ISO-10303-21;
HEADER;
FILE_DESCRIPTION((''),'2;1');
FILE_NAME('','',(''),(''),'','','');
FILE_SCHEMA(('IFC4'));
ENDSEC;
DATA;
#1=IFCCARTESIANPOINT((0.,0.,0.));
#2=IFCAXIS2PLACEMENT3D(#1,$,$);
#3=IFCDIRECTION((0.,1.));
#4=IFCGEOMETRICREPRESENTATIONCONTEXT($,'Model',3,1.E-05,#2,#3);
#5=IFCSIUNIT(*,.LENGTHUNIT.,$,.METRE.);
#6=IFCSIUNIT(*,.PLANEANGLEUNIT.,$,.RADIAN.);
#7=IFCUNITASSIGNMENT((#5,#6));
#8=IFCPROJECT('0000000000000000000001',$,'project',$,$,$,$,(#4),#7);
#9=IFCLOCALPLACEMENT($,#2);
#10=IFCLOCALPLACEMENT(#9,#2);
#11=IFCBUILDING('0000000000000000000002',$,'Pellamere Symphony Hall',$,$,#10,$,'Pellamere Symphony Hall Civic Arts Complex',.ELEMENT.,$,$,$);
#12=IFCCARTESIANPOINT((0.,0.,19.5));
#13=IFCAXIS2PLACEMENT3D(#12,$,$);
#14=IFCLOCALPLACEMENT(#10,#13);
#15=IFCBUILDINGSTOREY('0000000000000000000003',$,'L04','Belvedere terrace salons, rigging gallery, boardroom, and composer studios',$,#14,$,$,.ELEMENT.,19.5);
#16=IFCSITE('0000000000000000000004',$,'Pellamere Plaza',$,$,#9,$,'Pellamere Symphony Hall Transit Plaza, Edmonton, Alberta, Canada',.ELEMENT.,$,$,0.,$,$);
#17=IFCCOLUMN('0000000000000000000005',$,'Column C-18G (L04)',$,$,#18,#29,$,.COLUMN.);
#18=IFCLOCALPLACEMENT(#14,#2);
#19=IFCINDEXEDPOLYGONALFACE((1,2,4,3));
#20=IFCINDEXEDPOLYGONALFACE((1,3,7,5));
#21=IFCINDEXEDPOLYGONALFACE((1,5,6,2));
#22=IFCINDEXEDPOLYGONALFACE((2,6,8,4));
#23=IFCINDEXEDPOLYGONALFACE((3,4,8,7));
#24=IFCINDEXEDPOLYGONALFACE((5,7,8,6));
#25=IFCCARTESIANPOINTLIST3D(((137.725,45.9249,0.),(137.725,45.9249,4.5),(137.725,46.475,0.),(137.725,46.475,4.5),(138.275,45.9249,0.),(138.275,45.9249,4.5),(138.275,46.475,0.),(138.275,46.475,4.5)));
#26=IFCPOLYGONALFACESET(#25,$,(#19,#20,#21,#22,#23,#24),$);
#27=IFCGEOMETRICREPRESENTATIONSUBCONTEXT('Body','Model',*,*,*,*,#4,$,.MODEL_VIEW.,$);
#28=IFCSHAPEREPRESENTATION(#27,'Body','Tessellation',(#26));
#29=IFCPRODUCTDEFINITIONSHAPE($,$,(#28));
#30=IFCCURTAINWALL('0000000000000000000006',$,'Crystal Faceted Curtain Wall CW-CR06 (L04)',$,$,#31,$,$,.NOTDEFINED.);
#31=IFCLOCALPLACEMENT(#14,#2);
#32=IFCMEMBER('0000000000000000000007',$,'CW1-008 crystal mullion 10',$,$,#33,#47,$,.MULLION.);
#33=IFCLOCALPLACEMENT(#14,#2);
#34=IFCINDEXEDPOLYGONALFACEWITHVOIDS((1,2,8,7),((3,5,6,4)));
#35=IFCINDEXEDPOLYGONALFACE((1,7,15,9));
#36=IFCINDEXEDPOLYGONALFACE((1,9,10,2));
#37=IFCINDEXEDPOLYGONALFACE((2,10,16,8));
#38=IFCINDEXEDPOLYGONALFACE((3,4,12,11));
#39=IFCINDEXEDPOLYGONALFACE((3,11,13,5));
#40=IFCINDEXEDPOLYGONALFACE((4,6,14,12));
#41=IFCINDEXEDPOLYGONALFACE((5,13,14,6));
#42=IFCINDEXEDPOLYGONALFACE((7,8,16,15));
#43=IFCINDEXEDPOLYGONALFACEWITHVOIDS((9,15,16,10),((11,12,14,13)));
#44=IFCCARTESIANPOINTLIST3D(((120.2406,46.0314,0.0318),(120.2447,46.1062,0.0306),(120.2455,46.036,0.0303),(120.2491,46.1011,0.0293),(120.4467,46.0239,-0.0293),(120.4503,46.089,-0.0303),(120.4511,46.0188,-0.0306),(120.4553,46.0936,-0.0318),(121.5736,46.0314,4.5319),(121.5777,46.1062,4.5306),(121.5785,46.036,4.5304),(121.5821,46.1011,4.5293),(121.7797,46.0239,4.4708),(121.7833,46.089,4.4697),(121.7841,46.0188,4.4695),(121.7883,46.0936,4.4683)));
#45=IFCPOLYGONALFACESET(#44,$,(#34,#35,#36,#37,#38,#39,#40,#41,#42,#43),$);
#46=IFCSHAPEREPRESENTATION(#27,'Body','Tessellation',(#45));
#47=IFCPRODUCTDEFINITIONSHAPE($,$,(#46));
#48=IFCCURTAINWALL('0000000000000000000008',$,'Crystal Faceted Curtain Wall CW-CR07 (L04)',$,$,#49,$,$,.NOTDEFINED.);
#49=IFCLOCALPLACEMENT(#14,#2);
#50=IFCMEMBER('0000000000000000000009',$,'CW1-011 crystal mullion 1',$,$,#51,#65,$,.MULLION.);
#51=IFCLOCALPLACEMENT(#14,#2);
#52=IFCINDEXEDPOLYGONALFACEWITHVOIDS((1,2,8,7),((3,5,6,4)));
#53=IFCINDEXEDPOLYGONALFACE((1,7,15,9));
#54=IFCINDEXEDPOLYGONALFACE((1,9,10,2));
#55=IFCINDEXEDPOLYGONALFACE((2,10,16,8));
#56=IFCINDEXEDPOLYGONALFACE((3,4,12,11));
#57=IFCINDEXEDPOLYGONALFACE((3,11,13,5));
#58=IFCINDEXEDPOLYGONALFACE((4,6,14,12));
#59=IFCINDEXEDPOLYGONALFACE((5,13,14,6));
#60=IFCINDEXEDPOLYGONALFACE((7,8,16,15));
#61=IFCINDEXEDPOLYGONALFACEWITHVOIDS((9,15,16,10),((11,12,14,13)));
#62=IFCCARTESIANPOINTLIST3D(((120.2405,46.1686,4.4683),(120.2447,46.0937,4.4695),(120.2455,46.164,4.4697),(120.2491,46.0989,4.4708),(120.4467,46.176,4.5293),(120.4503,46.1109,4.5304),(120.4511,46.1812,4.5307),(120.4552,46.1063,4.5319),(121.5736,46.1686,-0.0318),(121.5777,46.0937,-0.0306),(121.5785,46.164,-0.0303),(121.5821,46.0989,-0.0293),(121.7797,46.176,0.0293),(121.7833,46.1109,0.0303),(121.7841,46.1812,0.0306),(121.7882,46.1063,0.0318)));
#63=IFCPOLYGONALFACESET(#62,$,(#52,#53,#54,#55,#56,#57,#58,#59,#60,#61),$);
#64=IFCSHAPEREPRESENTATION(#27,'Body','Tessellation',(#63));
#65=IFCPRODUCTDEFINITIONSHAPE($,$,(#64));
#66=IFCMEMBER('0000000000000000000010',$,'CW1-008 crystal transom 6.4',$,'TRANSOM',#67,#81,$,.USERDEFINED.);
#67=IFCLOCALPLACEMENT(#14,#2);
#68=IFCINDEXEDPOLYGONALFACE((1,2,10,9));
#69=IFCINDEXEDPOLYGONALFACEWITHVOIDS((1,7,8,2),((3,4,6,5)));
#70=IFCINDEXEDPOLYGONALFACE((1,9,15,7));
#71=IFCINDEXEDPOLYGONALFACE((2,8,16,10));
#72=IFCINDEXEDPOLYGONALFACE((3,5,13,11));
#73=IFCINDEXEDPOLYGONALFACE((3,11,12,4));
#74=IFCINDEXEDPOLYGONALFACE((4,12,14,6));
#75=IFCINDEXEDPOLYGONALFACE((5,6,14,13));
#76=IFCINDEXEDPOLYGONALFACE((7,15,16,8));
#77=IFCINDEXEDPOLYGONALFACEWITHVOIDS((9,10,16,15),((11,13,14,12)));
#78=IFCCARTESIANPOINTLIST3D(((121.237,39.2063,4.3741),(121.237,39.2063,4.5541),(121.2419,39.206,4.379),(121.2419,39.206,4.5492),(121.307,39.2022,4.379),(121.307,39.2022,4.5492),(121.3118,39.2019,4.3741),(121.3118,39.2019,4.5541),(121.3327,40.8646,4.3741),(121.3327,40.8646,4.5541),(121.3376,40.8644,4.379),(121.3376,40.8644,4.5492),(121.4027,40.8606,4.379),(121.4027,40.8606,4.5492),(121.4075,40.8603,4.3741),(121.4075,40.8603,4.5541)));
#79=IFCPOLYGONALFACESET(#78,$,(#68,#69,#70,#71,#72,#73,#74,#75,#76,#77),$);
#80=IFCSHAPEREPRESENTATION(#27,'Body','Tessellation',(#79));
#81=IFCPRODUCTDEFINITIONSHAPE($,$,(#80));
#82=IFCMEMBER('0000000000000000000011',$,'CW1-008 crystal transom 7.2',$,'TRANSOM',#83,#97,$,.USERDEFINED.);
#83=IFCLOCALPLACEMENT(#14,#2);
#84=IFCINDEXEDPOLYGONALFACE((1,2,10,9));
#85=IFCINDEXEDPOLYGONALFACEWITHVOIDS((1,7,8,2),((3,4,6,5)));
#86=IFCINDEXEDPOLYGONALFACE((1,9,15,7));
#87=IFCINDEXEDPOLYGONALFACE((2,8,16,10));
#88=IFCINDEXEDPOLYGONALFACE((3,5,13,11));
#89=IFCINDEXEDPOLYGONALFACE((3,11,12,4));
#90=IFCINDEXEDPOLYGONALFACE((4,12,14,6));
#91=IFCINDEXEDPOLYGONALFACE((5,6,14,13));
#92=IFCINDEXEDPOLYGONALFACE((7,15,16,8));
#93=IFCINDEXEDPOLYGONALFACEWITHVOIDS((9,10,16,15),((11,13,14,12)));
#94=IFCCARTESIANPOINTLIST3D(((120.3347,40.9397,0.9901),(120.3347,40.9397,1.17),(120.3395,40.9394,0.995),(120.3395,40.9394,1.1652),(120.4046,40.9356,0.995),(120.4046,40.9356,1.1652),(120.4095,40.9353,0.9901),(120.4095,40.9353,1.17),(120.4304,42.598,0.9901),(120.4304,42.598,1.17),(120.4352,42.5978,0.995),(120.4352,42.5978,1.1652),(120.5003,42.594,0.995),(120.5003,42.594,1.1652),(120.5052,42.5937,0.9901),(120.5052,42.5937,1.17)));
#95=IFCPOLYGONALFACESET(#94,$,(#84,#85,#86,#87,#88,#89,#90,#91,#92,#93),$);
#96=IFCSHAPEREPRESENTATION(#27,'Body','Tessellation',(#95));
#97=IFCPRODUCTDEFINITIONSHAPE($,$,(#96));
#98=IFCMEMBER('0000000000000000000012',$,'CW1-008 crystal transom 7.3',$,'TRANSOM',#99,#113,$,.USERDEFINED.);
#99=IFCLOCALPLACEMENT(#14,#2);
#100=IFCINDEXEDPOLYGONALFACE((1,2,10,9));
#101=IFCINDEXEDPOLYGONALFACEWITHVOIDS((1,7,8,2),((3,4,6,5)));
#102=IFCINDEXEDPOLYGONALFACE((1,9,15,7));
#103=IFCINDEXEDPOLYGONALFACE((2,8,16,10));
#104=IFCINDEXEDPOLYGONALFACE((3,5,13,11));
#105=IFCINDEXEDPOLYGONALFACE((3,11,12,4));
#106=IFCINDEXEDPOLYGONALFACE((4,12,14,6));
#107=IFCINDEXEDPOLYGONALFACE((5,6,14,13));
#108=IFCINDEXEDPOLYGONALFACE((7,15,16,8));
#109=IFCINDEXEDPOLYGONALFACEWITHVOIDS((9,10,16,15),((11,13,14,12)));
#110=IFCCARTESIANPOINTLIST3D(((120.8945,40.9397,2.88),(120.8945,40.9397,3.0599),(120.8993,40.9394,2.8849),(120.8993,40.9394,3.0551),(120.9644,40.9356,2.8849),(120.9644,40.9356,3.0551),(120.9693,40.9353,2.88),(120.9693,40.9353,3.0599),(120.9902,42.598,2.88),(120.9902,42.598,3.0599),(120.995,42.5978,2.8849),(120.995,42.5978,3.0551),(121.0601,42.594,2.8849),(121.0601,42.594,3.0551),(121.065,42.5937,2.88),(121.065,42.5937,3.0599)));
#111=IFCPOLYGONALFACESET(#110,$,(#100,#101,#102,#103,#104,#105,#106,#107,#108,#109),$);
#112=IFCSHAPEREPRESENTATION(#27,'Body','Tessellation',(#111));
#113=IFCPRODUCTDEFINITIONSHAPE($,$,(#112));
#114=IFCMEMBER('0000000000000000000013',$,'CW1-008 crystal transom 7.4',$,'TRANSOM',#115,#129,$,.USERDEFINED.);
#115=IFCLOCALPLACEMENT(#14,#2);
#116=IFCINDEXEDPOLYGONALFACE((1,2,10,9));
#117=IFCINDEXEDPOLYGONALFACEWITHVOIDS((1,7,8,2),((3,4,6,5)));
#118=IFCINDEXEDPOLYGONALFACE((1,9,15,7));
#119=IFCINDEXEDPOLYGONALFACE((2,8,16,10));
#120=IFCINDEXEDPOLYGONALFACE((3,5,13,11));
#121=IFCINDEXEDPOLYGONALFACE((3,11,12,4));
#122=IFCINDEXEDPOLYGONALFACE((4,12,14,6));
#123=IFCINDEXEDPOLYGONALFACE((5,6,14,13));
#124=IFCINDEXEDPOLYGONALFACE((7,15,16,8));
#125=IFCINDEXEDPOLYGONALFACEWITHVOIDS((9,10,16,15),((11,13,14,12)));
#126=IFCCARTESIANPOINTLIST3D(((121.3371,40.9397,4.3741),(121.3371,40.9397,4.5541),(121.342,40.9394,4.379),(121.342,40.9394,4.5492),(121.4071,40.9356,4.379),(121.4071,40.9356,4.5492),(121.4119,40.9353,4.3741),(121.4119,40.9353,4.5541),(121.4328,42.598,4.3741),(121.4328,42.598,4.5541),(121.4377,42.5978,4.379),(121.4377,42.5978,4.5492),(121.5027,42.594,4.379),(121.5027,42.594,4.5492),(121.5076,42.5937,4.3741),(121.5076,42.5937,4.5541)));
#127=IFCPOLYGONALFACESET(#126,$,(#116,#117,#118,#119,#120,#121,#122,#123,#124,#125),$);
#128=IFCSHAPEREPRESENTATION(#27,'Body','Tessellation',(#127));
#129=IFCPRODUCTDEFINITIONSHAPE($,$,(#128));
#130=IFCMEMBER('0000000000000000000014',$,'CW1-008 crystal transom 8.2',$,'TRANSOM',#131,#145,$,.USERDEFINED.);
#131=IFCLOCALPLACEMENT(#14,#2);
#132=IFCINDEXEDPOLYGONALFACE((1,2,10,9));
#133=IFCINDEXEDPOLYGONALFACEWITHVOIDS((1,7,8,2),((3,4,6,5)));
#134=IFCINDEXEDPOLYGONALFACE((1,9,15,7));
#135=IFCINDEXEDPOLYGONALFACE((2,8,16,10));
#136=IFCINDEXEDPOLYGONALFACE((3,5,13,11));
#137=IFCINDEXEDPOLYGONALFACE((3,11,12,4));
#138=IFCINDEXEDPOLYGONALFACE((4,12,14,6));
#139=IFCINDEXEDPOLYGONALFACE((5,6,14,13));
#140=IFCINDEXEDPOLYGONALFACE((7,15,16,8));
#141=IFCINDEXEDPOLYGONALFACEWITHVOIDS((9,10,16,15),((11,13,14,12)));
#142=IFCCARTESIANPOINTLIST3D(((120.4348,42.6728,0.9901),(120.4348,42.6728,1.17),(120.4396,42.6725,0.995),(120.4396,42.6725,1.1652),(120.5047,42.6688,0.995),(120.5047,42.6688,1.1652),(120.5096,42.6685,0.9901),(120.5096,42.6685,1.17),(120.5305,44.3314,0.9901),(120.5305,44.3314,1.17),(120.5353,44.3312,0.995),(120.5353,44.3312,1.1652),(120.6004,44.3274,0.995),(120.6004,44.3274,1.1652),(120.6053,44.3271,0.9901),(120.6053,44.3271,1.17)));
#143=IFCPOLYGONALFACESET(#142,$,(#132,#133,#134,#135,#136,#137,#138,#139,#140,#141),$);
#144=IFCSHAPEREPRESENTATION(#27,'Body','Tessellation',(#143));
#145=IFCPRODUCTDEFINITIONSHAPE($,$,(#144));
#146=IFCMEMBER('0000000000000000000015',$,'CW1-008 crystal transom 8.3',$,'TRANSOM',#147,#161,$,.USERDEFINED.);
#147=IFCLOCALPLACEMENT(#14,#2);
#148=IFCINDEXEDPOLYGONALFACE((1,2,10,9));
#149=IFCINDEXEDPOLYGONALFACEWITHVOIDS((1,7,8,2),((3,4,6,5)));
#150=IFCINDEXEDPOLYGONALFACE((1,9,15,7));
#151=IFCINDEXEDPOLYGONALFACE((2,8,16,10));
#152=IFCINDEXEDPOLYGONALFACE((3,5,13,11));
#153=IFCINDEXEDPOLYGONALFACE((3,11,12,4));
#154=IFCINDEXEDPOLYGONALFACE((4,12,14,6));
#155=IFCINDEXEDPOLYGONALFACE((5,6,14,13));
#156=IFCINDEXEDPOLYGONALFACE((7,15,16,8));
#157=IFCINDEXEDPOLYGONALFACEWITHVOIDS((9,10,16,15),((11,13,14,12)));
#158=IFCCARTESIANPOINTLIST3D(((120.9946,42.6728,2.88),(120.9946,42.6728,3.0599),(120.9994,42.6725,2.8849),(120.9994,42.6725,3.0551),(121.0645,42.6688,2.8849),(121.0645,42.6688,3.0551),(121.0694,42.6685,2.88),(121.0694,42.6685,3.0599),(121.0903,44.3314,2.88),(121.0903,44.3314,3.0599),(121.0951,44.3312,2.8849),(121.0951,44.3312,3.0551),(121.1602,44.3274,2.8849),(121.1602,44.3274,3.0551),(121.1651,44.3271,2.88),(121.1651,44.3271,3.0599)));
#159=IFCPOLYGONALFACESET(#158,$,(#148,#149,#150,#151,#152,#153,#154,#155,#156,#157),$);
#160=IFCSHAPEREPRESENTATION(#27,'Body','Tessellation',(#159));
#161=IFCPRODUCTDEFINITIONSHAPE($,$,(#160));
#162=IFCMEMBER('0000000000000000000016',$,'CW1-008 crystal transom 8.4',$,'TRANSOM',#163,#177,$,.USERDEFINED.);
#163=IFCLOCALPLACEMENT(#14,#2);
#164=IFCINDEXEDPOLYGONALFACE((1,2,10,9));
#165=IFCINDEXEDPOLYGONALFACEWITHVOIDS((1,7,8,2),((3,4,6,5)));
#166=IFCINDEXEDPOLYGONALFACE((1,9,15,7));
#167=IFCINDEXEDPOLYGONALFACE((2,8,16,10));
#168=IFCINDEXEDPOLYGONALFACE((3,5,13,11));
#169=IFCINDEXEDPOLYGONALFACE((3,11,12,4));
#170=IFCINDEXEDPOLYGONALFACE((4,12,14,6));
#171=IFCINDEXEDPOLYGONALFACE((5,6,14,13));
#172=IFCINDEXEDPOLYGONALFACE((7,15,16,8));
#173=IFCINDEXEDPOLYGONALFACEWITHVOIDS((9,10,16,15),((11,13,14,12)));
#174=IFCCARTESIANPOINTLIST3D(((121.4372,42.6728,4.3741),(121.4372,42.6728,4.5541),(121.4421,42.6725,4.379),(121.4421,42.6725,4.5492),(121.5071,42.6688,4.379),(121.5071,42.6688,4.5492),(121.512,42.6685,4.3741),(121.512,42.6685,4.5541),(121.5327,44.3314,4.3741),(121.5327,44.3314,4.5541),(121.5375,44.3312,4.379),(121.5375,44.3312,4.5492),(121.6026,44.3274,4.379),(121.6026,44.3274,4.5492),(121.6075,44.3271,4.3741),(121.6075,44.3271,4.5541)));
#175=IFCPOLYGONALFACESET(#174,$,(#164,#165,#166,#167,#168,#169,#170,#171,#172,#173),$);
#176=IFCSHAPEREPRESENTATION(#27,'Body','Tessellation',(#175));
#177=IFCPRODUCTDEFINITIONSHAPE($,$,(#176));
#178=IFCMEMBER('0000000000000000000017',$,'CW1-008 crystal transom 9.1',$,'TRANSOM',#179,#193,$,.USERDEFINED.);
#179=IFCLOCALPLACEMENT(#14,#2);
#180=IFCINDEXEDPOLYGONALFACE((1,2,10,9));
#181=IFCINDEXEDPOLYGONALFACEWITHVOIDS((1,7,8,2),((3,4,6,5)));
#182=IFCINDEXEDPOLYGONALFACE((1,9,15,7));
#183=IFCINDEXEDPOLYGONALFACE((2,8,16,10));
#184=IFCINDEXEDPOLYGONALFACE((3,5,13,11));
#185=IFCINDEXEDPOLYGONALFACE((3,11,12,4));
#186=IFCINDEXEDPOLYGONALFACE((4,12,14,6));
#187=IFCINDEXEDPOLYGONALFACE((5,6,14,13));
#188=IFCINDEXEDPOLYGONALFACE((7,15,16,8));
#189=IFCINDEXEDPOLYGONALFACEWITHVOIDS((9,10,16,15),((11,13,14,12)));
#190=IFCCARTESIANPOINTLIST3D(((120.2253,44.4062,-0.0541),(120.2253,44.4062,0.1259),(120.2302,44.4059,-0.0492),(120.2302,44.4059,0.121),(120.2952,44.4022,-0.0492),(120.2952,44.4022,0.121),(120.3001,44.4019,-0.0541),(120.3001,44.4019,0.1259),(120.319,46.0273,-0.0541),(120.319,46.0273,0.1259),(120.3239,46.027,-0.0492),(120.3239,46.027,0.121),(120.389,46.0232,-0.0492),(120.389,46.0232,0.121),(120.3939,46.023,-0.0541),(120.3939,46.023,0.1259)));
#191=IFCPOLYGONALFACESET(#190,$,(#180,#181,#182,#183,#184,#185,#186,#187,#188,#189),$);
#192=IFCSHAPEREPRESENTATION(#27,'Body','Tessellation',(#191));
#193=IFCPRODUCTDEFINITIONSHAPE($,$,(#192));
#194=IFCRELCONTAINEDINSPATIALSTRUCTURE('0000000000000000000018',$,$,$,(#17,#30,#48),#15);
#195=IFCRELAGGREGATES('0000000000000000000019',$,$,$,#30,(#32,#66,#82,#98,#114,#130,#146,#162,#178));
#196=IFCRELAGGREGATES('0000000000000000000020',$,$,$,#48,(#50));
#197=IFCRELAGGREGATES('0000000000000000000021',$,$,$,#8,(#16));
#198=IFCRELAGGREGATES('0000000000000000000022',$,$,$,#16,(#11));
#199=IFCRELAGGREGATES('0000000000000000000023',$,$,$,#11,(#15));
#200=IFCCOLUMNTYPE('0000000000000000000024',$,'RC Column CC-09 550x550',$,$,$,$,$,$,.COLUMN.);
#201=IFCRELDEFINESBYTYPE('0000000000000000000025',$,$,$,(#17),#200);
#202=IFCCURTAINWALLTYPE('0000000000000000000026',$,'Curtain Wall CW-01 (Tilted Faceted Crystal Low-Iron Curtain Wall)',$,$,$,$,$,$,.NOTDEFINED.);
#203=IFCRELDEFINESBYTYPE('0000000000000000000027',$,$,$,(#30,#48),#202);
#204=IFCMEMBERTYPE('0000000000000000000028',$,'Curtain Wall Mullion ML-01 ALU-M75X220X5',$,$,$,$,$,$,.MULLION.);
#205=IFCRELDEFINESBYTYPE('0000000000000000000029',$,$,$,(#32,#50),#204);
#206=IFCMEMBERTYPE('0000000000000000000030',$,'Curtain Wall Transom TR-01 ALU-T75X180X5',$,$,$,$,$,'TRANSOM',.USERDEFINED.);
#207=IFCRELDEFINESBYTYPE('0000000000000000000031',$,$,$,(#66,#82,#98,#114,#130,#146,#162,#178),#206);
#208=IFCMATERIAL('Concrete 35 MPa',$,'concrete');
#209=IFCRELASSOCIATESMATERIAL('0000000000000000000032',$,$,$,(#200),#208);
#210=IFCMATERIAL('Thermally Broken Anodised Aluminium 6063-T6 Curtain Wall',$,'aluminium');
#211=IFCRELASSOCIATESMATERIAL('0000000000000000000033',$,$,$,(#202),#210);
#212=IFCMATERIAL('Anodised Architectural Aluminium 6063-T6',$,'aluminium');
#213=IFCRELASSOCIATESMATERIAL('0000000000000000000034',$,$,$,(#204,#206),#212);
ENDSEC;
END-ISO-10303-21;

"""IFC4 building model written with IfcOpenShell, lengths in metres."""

from ifc_helpers import new_model, si_unit, direction, frame, origin, origin_2d, place, context, subcontext, project, spatial, rectangle, hollow_rectangle, extrude, material, material_profile, profile_set, type_object, element, aggregate, save


model = new_model("IFC4")

# Units and contexts
model_context = context("Model", 3, precision=1e-05, world=origin(), true_north=direction((0.0, 1.0)))
body_context = subcontext(model_context, "Body", "Model", "MODEL_VIEW")
ifc_project = project(units=[si_unit("LENGTHUNIT", "METRE"), si_unit("PLANEANGLEUNIT", "RADIAN")], contexts=[model_context])

# Site, building, storey
site_placement = place(None, origin())
site = spatial("IfcSite", under=ifc_project, at=site_placement, Name="Pellamere Plaza", LongName="Pellamere Symphony Hall Transit Plaza, Edmonton, Alberta, Canada", CompositionType="ELEMENT", RefElevation=0.0)
building_placement = place(site_placement, origin())
building = spatial("IfcBuilding", under=site, at=building_placement, Name="Pellamere Symphony Hall", LongName="Pellamere Symphony Hall Civic Arts Complex", CompositionType="ELEMENT")
storey_placement = place(building_placement, frame((0.0, 0.0, 19.5)))
storey = spatial("IfcBuildingStorey", under=building, at=storey_placement, Name="L04", Description="Belvedere terrace salons, rigging gallery, boardroom, and composer studios", CompositionType="ELEMENT", Elevation=19.5)

# Column
ifc_material_1 = material(Name="Concrete 35 MPa", Category="concrete")
ifc_material_profile_1 = material_profile(ifc_material_1, rectangle(XDim=0.55, YDim=0.55, at=origin_2d()), Name="RC 550x550")
ifc_profile_set_1 = profile_set([ifc_material_profile_1], Name="Concrete 35 MPa")
column_type = type_object("IfcColumnType", Name="RC Column CC-09 550x550", PredefinedType="COLUMN", material=ifc_profile_set_1)
column_placement = place(storey_placement, frame((138.0, 46.2, 0.0), z_axis=(0.0, 0.0, 1.0), x_axis=(1.0, 0.0, 0.0)))
element("IfcColumn", 1, at=column_placement, inside=storey, type_object=column_type, Name="Column C-18G (L04)", PredefinedType="COLUMN", context=body_context, shape_type="SweptSolid", body=[
    extrude(rectangle(XDim=0.55, YDim=0.55, at=origin_2d()), origin(), (0.0, 0.0, 1.0), 4.5),
])

# Curtain walls, members
ifc_material_2 = material(Name="Thermally Broken Anodised Aluminium 6063-T6 Curtain Wall", Category="aluminium")
curtain_wall_type = type_object("IfcCurtainWallType", Name="Curtain Wall CW-01 (Tilted Faceted Crystal Low-Iron Curtain Wall)", PredefinedType="NOTDEFINED", material=ifc_material_2)
curtain_wall_1_placement = place(storey_placement, origin())
curtain_wall_1 = element("IfcCurtainWall", 2, at=curtain_wall_1_placement, inside=storey, type_object=curtain_wall_type, Name="Crystal Faceted Curtain Wall CW-CR06 (L04)", PredefinedType="NOTDEFINED")
ifc_material_3 = material(Name="Anodised Architectural Aluminium 6063-T6", Category="aluminium")
ifc_material_profile_2 = material_profile(ifc_material_3, hollow_rectangle(XDim=0.075, YDim=0.22, WallThickness=0.0049, at=origin_2d()), Name="ALU-M75X220X5")
ifc_profile_set_2 = profile_set([ifc_material_profile_2], Name="Anodised Architectural Aluminium 6063-T6")
member_type_1 = type_object("IfcMemberType", Name="Curtain Wall Mullion ML-01 ALU-M75X220X5", PredefinedType="MULLION", material=ifc_profile_set_2)
member_1_placement = place(storey_placement, frame((120.3479, 46.0625, 0.0), z_axis=(0.284025, 0.0, 0.958817), x_axis=(-0.055225, -0.99834, 0.016359)))
member_1 = element("IfcMember", 3, at=member_1_placement, type_object=member_type_1, Name="CW1-008 crystal mullion 10", PredefinedType="MULLION", context=body_context, shape_type="SweptSolid", body=[
    extrude(hollow_rectangle(XDim=0.075, YDim=0.22, WallThickness=0.0049, at=origin_2d()), origin(), (0.0, 0.0, 1.0), 4.6934),
])
curtain_wall_2_placement = place(storey_placement, origin())
curtain_wall_2 = element("IfcCurtainWall", 4, at=curtain_wall_2_placement, inside=storey, type_object=curtain_wall_type, Name="Crystal Faceted Curtain Wall CW-CR07 (L04)", PredefinedType="NOTDEFINED")
member_2_placement = place(storey_placement, frame((121.6809, 46.1375, 0.0), z_axis=(-0.284025, 0.0, 0.958817), x_axis=(-0.054874, 0.998361, -0.016255)))
member_2 = element("IfcMember", 5, at=member_2_placement, type_object=member_type_1, Name="CW1-011 crystal mullion 1", PredefinedType="MULLION", context=body_context, shape_type="SweptSolid", body=[
    extrude(hollow_rectangle(XDim=0.075, YDim=0.22, WallThickness=0.0049, at=origin_2d()), origin(), (0.0, 0.0, 1.0), 4.6934),
])

# Members
ifc_material_profile_3 = material_profile(ifc_material_3, hollow_rectangle(XDim=0.075, YDim=0.1799, WallThickness=0.0049, at=origin_2d()), Name="ALU-T75X180X5")
ifc_profile_set_3 = profile_set([ifc_material_profile_3], Name="Anodised Architectural Aluminium 6063-T6")
member_type_2 = type_object("IfcMemberType", Name="Curtain Wall Transom TR-01 ALU-T75X180X5", ElementType="TRANSOM", PredefinedType="USERDEFINED", material=ifc_profile_set_3)
member_3_placement = place(storey_placement, frame((121.2744, 39.2041, 4.4641), z_axis=(0.057611, 0.998339, 0.0), x_axis=(-0.998339, 0.057611, 0.0)))
member_3 = element("IfcMember", 6, at=member_3_placement, type_object=member_type_2, Name="CW1-008 crystal transom 6.4", ObjectType="TRANSOM", PredefinedType="USERDEFINED", context=body_context, shape_type="SweptSolid", body=[
    extrude(hollow_rectangle(XDim=0.075, YDim=0.1799, WallThickness=0.0049, at=origin_2d()), origin(), (0.0, 0.0, 1.0), 1.6611),
])
member_4_placement = place(storey_placement, frame((120.3721, 40.9375, 1.0801), z_axis=(0.057611, 0.998339, 0.0), x_axis=(-0.998339, 0.057611, 0.0)))
member_4 = element("IfcMember", 7, at=member_4_placement, type_object=member_type_2, Name="CW1-008 crystal transom 7.2", ObjectType="TRANSOM", PredefinedType="USERDEFINED", context=body_context, shape_type="SweptSolid", body=[
    extrude(hollow_rectangle(XDim=0.075, YDim=0.1799, WallThickness=0.0049, at=origin_2d()), origin(), (0.0, 0.0, 1.0), 1.6611),
])
member_5_placement = place(storey_placement, frame((120.9319, 40.9375, 2.97), z_axis=(0.057611, 0.998339, 0.0), x_axis=(-0.998339, 0.057611, 0.0)))
member_5 = element("IfcMember", 8, at=member_5_placement, type_object=member_type_2, Name="CW1-008 crystal transom 7.3", ObjectType="TRANSOM", PredefinedType="USERDEFINED", context=body_context, shape_type="SweptSolid", body=[
    extrude(hollow_rectangle(XDim=0.075, YDim=0.1799, WallThickness=0.0049, at=origin_2d()), origin(), (0.0, 0.0, 1.0), 1.6611),
])
member_6_placement = place(storey_placement, frame((121.3745, 40.9375, 4.4641), z_axis=(0.057611, 0.998339, 0.0), x_axis=(-0.998339, 0.057611, 0.0)))
member_6 = element("IfcMember", 9, at=member_6_placement, type_object=member_type_2, Name="CW1-008 crystal transom 7.4", ObjectType="TRANSOM", PredefinedType="USERDEFINED", context=body_context, shape_type="SweptSolid", body=[
    extrude(hollow_rectangle(XDim=0.075, YDim=0.1799, WallThickness=0.0049, at=origin_2d()), origin(), (0.0, 0.0, 1.0), 1.6611),
])
member_7_placement = place(storey_placement, frame((120.4722, 42.6707, 1.0801), z_axis=(0.057602, 0.99834, 0.0), x_axis=(-0.99834, 0.057602, 0.0)))
member_7 = element("IfcMember", 10, at=member_7_placement, type_object=member_type_2, Name="CW1-008 crystal transom 8.2", ObjectType="TRANSOM", PredefinedType="USERDEFINED", context=body_context, shape_type="SweptSolid", body=[
    extrude(hollow_rectangle(XDim=0.075, YDim=0.1799, WallThickness=0.0049, at=origin_2d()), origin(), (0.0, 0.0, 1.0), 1.6614),
])
member_8_placement = place(storey_placement, frame((121.032, 42.6707, 2.97), z_axis=(0.057602, 0.99834, 0.0), x_axis=(-0.99834, 0.057602, 0.0)))
member_8 = element("IfcMember", 11, at=member_8_placement, type_object=member_type_2, Name="CW1-008 crystal transom 8.3", ObjectType="TRANSOM", PredefinedType="USERDEFINED", context=body_context, shape_type="SweptSolid", body=[
    extrude(hollow_rectangle(XDim=0.075, YDim=0.1799, WallThickness=0.0049, at=origin_2d()), origin(), (0.0, 0.0, 1.0), 1.6614),
])
member_9_placement = place(storey_placement, frame((121.4746, 42.6707, 4.4641), z_axis=(0.057456, 0.998348, 0.0), x_axis=(-0.998348, 0.057456, 0.0)))
member_9 = element("IfcMember", 12, at=member_9_placement, type_object=member_type_2, Name="CW1-008 crystal transom 8.4", ObjectType="TRANSOM", PredefinedType="USERDEFINED", context=body_context, shape_type="SweptSolid", body=[
    extrude(hollow_rectangle(XDim=0.075, YDim=0.1799, WallThickness=0.0049, at=origin_2d()), origin(), (0.0, 0.0, 1.0), 1.6614),
])
member_10_placement = place(storey_placement, frame((120.2627, 44.4041, 0.0359), z_axis=(0.057735, 0.998332, 0.0), x_axis=(-0.998332, 0.057735, 0.0)))
member_10 = element("IfcMember", 13, at=member_10_placement, type_object=member_type_2, Name="CW1-008 crystal transom 9.1", ObjectType="TRANSOM", PredefinedType="USERDEFINED", context=body_context, shape_type="SweptSolid", body=[
    extrude(hollow_rectangle(XDim=0.075, YDim=0.1799, WallThickness=0.0049, at=origin_2d()), origin(), (0.0, 0.0, 1.0), 1.6238),
])

aggregate(curtain_wall_1, [member_1, member_3, member_4, member_5, member_6, member_7, member_8, member_9, member_10])
aggregate(curtain_wall_2, [member_2])

save(model, "model.ifc")
